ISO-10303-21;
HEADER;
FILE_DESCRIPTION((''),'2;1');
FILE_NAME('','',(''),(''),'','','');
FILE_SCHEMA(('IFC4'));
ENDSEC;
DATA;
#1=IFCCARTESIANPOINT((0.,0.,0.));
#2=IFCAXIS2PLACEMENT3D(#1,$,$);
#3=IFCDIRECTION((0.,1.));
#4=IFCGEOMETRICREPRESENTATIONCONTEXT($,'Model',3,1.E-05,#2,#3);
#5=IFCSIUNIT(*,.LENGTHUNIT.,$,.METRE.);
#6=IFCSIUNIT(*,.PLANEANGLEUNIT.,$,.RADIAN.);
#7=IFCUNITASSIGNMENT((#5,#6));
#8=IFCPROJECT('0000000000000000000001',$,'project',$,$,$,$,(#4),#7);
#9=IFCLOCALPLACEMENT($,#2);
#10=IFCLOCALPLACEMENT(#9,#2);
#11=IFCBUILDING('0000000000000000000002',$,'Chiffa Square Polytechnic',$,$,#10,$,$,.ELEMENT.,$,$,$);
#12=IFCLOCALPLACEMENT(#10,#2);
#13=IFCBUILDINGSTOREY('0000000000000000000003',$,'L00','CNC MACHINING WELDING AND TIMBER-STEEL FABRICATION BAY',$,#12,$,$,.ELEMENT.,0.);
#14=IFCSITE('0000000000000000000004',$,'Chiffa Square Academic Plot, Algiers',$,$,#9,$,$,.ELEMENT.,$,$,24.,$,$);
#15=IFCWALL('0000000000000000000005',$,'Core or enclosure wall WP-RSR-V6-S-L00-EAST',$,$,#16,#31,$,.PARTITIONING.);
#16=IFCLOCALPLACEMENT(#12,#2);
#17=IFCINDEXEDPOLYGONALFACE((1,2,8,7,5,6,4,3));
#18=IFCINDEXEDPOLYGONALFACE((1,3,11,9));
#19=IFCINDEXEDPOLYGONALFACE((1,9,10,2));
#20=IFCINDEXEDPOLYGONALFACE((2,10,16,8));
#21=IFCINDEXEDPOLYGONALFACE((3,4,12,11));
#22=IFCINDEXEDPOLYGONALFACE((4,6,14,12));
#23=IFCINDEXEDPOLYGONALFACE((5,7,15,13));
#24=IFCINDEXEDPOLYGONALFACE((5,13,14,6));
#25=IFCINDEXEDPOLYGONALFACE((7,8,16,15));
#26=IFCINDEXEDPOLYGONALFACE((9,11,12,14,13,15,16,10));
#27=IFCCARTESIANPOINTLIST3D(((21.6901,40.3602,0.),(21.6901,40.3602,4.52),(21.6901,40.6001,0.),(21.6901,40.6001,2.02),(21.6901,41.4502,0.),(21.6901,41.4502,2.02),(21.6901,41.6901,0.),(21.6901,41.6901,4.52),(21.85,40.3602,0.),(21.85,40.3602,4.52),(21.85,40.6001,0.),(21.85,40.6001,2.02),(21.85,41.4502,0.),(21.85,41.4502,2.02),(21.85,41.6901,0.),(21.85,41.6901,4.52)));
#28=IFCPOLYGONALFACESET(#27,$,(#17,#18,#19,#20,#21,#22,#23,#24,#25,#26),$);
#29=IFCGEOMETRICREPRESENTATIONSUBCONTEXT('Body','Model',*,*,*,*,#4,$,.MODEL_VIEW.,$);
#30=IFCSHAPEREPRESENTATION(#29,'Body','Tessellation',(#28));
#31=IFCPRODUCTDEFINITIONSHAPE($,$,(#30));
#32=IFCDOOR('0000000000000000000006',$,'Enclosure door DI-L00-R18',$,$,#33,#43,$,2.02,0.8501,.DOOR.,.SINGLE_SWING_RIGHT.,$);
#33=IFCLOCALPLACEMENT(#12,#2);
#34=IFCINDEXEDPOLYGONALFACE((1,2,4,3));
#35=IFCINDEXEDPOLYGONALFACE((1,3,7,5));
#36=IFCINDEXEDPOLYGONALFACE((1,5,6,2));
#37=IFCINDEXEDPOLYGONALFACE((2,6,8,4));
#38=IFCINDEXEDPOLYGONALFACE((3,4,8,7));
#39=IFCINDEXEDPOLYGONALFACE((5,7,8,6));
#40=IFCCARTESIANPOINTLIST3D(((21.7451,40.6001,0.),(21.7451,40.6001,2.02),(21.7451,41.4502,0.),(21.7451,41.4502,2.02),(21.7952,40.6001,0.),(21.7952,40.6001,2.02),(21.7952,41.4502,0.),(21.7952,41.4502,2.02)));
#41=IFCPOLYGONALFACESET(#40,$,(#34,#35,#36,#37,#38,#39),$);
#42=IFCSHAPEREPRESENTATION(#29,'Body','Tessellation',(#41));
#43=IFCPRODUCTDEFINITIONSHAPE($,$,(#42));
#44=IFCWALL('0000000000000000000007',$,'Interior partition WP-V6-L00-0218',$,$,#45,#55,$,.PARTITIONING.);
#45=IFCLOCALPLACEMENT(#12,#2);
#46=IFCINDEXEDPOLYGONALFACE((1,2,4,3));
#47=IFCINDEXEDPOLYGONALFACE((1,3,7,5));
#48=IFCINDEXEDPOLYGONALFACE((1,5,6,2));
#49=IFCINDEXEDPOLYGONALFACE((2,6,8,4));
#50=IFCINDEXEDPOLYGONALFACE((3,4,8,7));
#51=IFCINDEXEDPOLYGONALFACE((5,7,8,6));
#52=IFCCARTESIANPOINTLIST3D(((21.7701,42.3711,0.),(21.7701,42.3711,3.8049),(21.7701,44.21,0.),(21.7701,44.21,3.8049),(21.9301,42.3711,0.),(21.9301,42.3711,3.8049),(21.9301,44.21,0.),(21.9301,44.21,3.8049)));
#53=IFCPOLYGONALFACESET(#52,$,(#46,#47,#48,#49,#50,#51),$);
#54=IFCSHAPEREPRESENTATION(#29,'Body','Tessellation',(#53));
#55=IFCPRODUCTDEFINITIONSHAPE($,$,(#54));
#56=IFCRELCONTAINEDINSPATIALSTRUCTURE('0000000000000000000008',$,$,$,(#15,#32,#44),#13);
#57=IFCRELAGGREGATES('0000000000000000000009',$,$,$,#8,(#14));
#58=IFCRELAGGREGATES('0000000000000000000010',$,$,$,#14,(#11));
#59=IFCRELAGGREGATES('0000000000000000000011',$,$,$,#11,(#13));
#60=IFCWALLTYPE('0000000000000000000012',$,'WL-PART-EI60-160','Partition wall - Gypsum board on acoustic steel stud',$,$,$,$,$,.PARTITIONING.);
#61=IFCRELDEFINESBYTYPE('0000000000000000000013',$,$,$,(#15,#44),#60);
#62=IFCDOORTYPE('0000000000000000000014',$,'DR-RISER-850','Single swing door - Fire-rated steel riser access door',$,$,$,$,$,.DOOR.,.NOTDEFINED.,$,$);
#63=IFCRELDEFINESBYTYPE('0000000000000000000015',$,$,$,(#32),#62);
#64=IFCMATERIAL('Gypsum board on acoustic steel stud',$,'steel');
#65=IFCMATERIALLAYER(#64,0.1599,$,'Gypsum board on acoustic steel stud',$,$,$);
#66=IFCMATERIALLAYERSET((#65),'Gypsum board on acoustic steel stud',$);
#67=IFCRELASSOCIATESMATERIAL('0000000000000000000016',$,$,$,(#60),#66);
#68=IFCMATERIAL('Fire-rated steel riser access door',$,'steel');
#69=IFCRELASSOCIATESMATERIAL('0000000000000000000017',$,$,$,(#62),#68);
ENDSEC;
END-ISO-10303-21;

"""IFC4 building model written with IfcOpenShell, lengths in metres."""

from ifc_helpers import new_model, si_unit, direction, frame, frame_2d, origin, place, context, subcontext, project, spatial, rectangle, extrude, material, layer, layer_set, type_object, element, fill, save


model = new_model("IFC4")

# Units and contexts
model_context = context("Model", 3, precision=1e-05, world=origin(), true_north=direction((0.0, 1.0)))
body_context = subcontext(model_context, "Body", "Model", "MODEL_VIEW")
ifc_project = project(units=[si_unit("LENGTHUNIT", "METRE"), si_unit("PLANEANGLEUNIT", "RADIAN")], contexts=[model_context])

# Site, building, storey
site_placement = place(None, origin())
site = spatial("IfcSite", under=ifc_project, at=site_placement, Name="Chiffa Square Academic Plot, Algiers", CompositionType="ELEMENT", RefElevation=24.0)
building_placement = place(site_placement, origin())
building = spatial("IfcBuilding", under=site, at=building_placement, Name="Chiffa Square Polytechnic", CompositionType="ELEMENT")
storey_placement = place(building_placement, origin())
storey = spatial("IfcBuildingStorey", under=building, at=storey_placement, Name="L00", Description="CNC MACHINING WELDING AND TIMBER-STEEL FABRICATION BAY", CompositionType="ELEMENT", Elevation=0.0)

# Wall, opening, door
ifc_material_1 = material(Name="Gypsum board on acoustic steel stud", Category="steel")
ifc_layer_1 = layer(ifc_material_1, 0.1599, Name="Gypsum board on acoustic steel stud")
ifc_layer_set_1 = layer_set([ifc_layer_1], Name="Gypsum board on acoustic steel stud")
wall_type_1 = type_object("IfcWallType", Name="WL-PART-EI60-160", Description="Partition wall - Gypsum board on acoustic steel stud", PredefinedType="PARTITIONING", material=ifc_layer_set_1)
wall_1_placement = place(storey_placement, frame((21.77, 40.3601, 0.0), z_axis=(0.0, 0.0, 1.0), x_axis=(0.0, 1.0, 0.0)))
wall_1 = element("IfcWall", 1, at=wall_1_placement, inside=storey, type_object=wall_type_1, Name="Core or enclosure wall WP-RSR-V6-S-L00-EAST", PredefinedType="PARTITIONING", context=body_context, shape_type="SweptSolid", body=[
    extrude(rectangle(XDim=1.3298, YDim=0.1599, at=frame_2d((0.665, 0.0))), origin(), (0.0, 0.0, 1.0), 4.52),
])
opening_1_placement = place(wall_1_placement, frame((0.24, 0.0, 0.0)))
opening_1 = element("IfcOpeningElement", 2, at=opening_1_placement, cuts=wall_1, PredefinedType="OPENING", context=body_context, shape_type="SweptSolid", body=[
    extrude(rectangle(XDim=0.8501, YDim=2.02, at=frame_2d((0.425, 1.01))), frame((0.0, 0.0898, 0.0), z_axis=(0.0, -1.0, 0.0), x_axis=(1.0, 0.0, 0.0)), (0.0, 0.0, 1.0), 0.1799),
])
ifc_material_2 = material(Name="Fire-rated steel riser access door", Category="steel")
door_type_1 = type_object("IfcDoorType", Name="DR-RISER-850", Description="Single swing door - Fire-rated steel riser access door", OperationType="NOTDEFINED", PredefinedType="DOOR", material=ifc_material_2)
door_1_placement = place(opening_1_placement, origin())
door_1 = element("IfcDoor", 3, at=door_1_placement, inside=storey, type_object=door_type_1, Name="Enclosure door DI-L00-R18", OperationType="SINGLE_SWING_RIGHT", OverallHeight=2.02, OverallWidth=0.8501, PredefinedType="DOOR", context=body_context, shape_type="SweptSolid", body=[
    extrude(rectangle(XDim=0.8501, YDim=2.02, at=frame_2d((0.425, 1.01))), frame((0.0, 0.0249, 0.0), z_axis=(0.0, -1.0, 0.0), x_axis=(1.0, 0.0, 0.0)), (0.0, 0.0, 1.0), 0.05),
])
fill(opening_1, door_1)

# Wall
wall_2_placement = place(storey_placement, frame((21.8501, 42.3711, 0.0), z_axis=(0.0, 0.0, 1.0), x_axis=(0.0, 1.0, 0.0)))
element("IfcWall", 4, at=wall_2_placement, inside=storey, type_object=wall_type_1, Name="Interior partition WP-V6-L00-0218", PredefinedType="PARTITIONING", context=body_context, shape_type="SweptSolid", body=[
    extrude(rectangle(XDim=1.8389, YDim=0.1599, at=frame_2d((0.9194, 0.0))), origin(), (0.0, 0.0, 1.0), 3.8049),
])

save(model, "model.ifc")
